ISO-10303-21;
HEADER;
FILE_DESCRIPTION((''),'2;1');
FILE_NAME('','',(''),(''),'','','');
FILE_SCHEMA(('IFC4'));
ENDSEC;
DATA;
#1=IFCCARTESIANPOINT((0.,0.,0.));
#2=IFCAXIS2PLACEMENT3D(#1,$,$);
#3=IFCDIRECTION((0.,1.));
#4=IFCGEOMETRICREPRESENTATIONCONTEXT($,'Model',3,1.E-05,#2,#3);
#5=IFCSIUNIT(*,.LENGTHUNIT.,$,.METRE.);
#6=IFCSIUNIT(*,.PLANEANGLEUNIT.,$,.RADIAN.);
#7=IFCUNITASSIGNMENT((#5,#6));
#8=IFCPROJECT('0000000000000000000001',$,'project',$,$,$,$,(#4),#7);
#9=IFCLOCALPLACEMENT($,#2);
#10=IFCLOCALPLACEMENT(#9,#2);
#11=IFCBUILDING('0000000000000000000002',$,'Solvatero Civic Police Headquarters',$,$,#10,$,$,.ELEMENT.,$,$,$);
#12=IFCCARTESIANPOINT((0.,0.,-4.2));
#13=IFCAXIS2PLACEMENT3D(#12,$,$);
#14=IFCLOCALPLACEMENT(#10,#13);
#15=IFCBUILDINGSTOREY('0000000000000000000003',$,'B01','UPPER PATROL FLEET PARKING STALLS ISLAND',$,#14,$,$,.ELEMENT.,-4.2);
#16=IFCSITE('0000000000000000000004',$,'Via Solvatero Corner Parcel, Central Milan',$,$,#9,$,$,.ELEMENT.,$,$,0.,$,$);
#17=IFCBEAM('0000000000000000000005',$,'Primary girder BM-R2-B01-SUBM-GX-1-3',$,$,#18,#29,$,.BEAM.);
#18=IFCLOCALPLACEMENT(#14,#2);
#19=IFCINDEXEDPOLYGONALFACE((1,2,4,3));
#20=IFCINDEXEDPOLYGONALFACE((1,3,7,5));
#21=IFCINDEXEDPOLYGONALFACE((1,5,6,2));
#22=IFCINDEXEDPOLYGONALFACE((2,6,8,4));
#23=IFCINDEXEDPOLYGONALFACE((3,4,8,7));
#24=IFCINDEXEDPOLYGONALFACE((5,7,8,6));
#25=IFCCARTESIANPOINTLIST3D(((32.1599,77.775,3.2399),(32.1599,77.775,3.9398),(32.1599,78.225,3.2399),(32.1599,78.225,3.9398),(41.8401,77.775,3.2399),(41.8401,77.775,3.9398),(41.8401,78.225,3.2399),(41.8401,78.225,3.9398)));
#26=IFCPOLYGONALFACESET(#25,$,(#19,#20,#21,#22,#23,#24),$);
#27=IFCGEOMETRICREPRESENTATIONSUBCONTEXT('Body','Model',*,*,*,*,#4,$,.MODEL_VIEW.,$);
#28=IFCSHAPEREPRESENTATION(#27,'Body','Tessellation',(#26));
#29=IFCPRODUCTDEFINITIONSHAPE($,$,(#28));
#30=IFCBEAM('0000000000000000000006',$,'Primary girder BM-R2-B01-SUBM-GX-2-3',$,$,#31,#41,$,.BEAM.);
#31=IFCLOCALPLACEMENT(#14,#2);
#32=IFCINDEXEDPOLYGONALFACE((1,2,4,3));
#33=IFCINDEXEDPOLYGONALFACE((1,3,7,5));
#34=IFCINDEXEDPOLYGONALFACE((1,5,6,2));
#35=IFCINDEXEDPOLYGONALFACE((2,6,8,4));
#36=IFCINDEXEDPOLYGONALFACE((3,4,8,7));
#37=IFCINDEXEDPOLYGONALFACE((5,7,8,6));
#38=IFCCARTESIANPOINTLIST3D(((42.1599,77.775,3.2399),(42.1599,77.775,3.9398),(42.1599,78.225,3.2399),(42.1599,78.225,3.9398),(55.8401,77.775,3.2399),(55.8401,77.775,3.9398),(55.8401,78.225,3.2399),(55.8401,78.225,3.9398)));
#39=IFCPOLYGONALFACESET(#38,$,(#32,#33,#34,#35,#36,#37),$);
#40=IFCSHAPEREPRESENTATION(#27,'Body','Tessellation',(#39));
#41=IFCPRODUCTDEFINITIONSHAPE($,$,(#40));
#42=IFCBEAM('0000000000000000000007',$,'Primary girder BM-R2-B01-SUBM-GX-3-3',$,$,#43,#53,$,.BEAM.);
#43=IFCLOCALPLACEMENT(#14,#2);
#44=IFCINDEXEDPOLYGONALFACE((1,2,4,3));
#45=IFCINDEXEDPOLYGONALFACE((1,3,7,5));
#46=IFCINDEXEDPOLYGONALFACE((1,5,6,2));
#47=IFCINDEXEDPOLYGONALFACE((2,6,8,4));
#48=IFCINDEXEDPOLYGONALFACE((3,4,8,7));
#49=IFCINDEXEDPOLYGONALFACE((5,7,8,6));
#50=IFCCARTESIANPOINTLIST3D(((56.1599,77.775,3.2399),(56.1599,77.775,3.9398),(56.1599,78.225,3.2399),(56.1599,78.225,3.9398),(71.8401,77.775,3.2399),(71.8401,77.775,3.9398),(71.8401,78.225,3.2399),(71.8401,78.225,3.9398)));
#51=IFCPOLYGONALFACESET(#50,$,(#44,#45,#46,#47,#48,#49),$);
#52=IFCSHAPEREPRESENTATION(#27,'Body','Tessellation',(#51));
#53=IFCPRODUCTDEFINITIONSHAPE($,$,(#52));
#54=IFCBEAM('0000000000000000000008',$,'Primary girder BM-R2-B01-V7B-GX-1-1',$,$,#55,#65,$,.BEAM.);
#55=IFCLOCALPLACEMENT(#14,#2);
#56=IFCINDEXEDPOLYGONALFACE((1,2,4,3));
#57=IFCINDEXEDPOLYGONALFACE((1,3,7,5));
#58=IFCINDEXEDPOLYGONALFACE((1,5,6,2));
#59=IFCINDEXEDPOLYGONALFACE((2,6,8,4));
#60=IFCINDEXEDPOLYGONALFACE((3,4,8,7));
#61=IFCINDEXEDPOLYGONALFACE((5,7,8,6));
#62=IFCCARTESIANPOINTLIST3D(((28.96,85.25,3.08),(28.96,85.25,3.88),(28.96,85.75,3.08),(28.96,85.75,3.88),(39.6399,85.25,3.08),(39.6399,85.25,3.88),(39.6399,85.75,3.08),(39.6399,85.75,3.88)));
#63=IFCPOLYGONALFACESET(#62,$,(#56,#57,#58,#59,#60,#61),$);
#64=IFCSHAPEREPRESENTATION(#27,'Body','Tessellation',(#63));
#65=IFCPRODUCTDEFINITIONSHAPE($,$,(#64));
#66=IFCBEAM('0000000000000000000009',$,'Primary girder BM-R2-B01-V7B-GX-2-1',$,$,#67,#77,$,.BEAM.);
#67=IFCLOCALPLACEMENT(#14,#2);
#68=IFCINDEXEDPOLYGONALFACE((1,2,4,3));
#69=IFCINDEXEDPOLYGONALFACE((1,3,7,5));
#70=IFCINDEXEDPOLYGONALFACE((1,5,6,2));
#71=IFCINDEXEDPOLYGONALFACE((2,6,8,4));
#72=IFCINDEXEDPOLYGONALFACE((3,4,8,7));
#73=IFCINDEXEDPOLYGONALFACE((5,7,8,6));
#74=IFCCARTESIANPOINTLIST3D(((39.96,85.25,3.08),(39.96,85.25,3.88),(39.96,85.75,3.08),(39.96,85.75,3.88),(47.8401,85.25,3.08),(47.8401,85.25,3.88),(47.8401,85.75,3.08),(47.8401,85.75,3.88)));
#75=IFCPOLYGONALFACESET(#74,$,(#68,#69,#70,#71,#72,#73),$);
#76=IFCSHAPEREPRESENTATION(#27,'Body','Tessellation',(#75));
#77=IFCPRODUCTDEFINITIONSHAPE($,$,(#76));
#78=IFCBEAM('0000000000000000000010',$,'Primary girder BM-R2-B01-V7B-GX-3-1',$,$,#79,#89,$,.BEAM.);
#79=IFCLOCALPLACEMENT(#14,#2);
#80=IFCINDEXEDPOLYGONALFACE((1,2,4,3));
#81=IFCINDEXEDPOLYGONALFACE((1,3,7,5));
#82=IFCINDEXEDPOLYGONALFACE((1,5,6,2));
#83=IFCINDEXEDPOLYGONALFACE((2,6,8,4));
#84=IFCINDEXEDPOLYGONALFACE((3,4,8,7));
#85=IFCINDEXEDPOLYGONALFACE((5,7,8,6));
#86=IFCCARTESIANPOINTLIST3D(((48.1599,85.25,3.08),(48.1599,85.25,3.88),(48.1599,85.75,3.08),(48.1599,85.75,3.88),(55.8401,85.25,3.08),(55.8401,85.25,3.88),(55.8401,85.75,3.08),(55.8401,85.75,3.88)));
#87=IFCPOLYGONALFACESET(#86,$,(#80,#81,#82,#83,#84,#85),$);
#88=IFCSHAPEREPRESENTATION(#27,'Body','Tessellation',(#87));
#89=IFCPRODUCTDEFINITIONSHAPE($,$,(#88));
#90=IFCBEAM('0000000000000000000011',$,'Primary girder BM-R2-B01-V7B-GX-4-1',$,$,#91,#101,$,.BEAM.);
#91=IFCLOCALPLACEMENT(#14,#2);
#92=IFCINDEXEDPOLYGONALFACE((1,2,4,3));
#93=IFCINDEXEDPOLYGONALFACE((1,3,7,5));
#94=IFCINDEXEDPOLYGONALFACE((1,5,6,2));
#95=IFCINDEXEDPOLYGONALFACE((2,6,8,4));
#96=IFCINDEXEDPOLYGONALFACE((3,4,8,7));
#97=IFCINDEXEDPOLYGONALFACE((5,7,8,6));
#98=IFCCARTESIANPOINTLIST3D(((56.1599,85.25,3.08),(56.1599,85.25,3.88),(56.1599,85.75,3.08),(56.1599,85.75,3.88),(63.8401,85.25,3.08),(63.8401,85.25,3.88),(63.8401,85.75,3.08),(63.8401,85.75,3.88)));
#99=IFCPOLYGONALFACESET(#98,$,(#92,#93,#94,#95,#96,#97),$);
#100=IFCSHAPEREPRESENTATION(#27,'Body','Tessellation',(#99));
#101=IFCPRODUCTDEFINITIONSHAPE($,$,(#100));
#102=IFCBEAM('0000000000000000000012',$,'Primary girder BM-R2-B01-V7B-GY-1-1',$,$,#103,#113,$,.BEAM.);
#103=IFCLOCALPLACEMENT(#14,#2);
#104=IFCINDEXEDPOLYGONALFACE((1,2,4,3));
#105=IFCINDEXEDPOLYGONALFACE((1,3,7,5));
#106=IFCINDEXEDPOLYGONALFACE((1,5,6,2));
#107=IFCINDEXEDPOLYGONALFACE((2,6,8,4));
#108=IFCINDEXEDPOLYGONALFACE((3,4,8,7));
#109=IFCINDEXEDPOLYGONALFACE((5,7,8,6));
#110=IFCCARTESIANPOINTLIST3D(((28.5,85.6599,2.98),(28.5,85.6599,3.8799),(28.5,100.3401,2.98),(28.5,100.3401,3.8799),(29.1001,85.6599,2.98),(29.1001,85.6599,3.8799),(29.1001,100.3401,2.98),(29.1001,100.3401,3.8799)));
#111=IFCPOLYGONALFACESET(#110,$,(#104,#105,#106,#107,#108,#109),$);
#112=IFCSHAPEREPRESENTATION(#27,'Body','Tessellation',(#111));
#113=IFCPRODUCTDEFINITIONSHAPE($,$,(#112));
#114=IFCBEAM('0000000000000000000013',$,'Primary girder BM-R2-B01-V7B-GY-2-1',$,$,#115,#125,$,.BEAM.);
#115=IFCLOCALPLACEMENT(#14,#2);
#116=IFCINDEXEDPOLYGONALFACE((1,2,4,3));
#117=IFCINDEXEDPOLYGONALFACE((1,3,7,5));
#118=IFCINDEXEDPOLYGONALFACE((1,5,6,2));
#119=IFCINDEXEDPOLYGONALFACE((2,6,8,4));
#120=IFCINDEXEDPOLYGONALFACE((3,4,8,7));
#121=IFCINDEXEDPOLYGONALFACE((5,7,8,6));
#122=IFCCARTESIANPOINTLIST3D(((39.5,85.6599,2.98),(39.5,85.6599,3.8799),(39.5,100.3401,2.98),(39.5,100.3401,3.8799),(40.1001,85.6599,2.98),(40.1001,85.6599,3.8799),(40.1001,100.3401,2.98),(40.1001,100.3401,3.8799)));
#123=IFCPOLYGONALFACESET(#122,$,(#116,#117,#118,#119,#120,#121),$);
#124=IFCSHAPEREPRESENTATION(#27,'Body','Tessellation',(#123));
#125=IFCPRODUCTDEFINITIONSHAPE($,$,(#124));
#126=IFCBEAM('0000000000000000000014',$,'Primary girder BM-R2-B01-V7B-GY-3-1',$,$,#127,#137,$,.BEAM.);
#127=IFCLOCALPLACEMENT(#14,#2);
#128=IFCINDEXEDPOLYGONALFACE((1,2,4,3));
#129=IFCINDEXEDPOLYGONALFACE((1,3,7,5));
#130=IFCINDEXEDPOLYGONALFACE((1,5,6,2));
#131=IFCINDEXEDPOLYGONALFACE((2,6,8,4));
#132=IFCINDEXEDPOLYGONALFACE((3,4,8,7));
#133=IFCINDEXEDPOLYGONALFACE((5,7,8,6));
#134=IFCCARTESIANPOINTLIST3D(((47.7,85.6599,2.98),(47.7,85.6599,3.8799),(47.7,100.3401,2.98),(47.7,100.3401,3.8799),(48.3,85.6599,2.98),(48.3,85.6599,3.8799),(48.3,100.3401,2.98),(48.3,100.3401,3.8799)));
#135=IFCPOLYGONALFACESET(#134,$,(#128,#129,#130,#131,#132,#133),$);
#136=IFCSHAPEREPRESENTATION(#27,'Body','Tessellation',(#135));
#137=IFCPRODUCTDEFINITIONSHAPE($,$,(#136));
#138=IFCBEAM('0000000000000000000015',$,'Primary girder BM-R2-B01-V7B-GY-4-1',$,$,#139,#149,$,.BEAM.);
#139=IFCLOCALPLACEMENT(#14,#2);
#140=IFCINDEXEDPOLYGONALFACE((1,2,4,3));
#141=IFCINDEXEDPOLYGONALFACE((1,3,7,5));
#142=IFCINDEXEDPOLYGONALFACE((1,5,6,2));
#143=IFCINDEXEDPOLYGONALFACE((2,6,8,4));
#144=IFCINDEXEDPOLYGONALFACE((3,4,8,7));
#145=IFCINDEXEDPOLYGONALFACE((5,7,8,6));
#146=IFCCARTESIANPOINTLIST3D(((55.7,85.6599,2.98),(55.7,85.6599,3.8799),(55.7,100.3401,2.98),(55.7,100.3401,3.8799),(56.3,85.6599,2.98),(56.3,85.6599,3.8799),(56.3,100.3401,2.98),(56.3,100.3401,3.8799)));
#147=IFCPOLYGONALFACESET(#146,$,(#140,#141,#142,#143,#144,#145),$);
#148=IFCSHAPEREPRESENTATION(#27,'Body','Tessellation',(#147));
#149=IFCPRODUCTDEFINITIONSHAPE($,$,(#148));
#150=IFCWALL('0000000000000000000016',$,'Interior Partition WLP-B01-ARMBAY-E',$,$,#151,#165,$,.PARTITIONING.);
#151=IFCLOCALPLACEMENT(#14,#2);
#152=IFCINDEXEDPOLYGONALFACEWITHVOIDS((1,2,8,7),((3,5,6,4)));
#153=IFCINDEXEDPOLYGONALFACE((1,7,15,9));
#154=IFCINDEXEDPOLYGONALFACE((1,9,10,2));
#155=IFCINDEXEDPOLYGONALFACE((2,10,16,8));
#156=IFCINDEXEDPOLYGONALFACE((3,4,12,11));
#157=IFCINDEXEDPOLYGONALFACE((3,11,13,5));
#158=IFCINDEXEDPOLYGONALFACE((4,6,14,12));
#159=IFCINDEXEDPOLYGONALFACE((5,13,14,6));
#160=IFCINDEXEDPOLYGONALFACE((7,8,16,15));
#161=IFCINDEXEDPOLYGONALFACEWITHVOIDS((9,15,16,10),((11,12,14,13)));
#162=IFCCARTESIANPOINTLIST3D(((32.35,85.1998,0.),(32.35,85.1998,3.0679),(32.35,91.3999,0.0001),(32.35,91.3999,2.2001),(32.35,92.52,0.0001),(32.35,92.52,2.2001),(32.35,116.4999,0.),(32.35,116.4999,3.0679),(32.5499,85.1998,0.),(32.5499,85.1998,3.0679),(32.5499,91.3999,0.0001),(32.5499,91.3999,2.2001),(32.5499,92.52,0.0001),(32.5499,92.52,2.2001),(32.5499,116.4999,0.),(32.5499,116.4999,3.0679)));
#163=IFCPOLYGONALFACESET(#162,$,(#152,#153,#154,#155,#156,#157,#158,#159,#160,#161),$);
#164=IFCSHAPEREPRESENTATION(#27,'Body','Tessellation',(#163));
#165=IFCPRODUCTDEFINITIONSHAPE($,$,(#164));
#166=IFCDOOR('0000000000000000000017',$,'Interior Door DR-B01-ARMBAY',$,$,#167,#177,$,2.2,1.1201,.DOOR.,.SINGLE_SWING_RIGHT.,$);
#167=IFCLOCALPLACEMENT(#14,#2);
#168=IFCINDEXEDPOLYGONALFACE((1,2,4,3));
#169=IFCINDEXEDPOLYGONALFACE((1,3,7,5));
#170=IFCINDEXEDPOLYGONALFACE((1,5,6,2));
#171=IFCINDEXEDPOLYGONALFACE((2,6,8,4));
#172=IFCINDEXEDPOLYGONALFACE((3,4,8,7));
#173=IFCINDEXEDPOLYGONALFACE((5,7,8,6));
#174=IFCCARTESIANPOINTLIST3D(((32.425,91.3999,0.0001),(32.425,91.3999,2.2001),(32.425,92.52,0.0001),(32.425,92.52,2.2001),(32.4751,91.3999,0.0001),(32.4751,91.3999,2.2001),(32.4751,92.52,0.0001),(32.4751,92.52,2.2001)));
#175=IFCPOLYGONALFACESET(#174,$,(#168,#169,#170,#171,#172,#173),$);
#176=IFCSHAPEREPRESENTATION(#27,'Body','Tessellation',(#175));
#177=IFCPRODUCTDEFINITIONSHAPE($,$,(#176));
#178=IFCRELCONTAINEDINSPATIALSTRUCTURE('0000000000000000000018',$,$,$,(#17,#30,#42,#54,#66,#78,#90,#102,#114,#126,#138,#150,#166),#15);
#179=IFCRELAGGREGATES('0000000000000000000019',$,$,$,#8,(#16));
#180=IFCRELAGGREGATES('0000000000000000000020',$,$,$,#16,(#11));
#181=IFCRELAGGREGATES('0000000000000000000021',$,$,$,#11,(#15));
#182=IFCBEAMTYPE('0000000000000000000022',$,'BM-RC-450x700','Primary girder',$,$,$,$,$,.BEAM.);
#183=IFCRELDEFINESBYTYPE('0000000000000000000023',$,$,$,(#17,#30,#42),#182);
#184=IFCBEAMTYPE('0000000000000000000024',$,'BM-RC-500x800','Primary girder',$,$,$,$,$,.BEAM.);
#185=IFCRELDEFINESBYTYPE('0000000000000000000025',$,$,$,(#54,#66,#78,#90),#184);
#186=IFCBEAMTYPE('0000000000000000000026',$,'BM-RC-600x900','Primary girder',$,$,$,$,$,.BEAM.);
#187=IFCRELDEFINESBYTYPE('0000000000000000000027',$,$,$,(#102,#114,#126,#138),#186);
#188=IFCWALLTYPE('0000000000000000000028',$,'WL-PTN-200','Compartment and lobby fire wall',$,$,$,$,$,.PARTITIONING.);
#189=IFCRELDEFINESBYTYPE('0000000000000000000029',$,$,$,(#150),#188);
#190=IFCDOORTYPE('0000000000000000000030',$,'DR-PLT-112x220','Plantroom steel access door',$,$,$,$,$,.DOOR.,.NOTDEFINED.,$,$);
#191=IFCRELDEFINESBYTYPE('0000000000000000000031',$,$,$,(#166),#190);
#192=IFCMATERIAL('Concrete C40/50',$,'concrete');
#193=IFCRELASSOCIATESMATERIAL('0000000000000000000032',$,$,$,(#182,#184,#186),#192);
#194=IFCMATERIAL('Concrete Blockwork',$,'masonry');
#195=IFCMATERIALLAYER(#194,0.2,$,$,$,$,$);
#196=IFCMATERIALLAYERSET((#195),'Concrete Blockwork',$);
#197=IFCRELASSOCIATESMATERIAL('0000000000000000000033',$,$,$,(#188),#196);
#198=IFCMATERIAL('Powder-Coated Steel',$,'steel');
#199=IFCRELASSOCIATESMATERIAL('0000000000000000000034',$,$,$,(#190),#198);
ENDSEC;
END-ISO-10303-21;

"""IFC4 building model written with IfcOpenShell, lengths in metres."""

from ifc_helpers import new_model, si_unit, direction, frame, frame_2d, origin, origin_2d, place, context, subcontext, project, spatial, rectangle, extrude, material, layer, layer_set, material_profile, profile_set, type_object, element, fill, save


model = new_model("IFC4")

# Units and contexts
model_context = context("Model", 3, precision=1e-05, world=origin(), true_north=direction((0.0, 1.0)))
body_context = subcontext(model_context, "Body", "Model", "MODEL_VIEW")
ifc_project = project(units=[si_unit("LENGTHUNIT", "METRE"), si_unit("PLANEANGLEUNIT", "RADIAN")], contexts=[model_context])

# Site, building, storey
site_placement = place(None, origin())
site = spatial("IfcSite", under=ifc_project, at=site_placement, Name="Via Solvatero Corner Parcel, Central Milan", CompositionType="ELEMENT", RefElevation=0.0)
building_placement = place(site_placement, origin())
building = spatial("IfcBuilding", under=site, at=building_placement, Name="Solvatero Civic Police Headquarters", CompositionType="ELEMENT")
storey_placement = place(building_placement, frame((0.0, 0.0, -4.2)))
storey = spatial("IfcBuildingStorey", under=building, at=storey_placement, Name="B01", Description="UPPER PATROL FLEET PARKING STALLS ISLAND", CompositionType="ELEMENT", Elevation=-4.2)

# Shared definitions
ifc_material_1 = material(Name="Concrete C40/50", Category="concrete")

# Beams
ifc_material_profile_1 = material_profile(ifc_material_1, rectangle(XDim=0.45, YDim=0.7, at=origin_2d()), Name="RC 450x700")
ifc_profile_set_1 = profile_set([ifc_material_profile_1], Name="Concrete C40/50")
beam_type_1 = type_object("IfcBeamType", Name="BM-RC-450x700", Description="Primary girder", PredefinedType="BEAM", material=ifc_profile_set_1)
beam_1_placement = place(storey_placement, frame((32.1599, 78.0, 3.5898), z_axis=(1.0, 0.0, 0.0), x_axis=(0.0, 1.0, 0.0)))
element("IfcBeam", 1, at=beam_1_placement, inside=storey, type_object=beam_type_1, Name="Primary girder BM-R2-B01-SUBM-GX-1-3", PredefinedType="BEAM", context=body_context, shape_type="SweptSolid", body=[
    extrude(rectangle(XDim=0.45, YDim=0.7, at=origin_2d()), origin(), (0.0, 0.0, 1.0), 9.6802),
])
beam_2_placement = place(storey_placement, frame((42.1599, 78.0, 3.5898), z_axis=(1.0, 0.0, 0.0), x_axis=(0.0, 1.0, 0.0)))
element("IfcBeam", 2, at=beam_2_placement, inside=storey, type_object=beam_type_1, Name="Primary girder BM-R2-B01-SUBM-GX-2-3", PredefinedType="BEAM", context=body_context, shape_type="SweptSolid", body=[
    extrude(rectangle(XDim=0.45, YDim=0.7, at=origin_2d()), origin(), (0.0, 0.0, 1.0), 13.6802),
])
beam_3_placement = place(storey_placement, frame((56.1599, 78.0, 3.5898), z_axis=(1.0, 0.0, 0.0), x_axis=(0.0, 1.0, 0.0)))
element("IfcBeam", 3, at=beam_3_placement, inside=storey, type_object=beam_type_1, Name="Primary girder BM-R2-B01-SUBM-GX-3-3", PredefinedType="BEAM", context=body_context, shape_type="SweptSolid", body=[
    extrude(rectangle(XDim=0.45, YDim=0.7, at=origin_2d()), origin(), (0.0, 0.0, 1.0), 15.6802),
])
ifc_material_profile_2 = material_profile(ifc_material_1, rectangle(XDim=0.5, YDim=0.8, at=origin_2d()), Name="RC 500x800")
ifc_profile_set_2 = profile_set([ifc_material_profile_2], Name="Concrete C40/50")
beam_type_2 = type_object("IfcBeamType", Name="BM-RC-500x800", Description="Primary girder", PredefinedType="BEAM", material=ifc_profile_set_2)
beam_4_placement = place(storey_placement, frame((28.96, 85.5, 3.48), z_axis=(1.0, 0.0, 0.0), x_axis=(0.0, 1.0, 0.0)))
element("IfcBeam", 4, at=beam_4_placement, inside=storey, type_object=beam_type_2, Name="Primary girder BM-R2-B01-V7B-GX-1-1", PredefinedType="BEAM", context=body_context, shape_type="SweptSolid", body=[
    extrude(rectangle(XDim=0.5, YDim=0.8, at=origin_2d()), origin(), (0.0, 0.0, 1.0), 10.6799),
])
beam_5_placement = place(storey_placement, frame((39.96, 85.5, 3.48), z_axis=(1.0, 0.0, 0.0), x_axis=(0.0, 1.0, 0.0)))
element("IfcBeam", 5, at=beam_5_placement, inside=storey, type_object=beam_type_2, Name="Primary girder BM-R2-B01-V7B-GX-2-1", PredefinedType="BEAM", context=body_context, shape_type="SweptSolid", body=[
    extrude(rectangle(XDim=0.5, YDim=0.8, at=origin_2d()), origin(), (0.0, 0.0, 1.0), 7.8801),
])
for number, where, z_axis, x_axis, name in (
    (6, (48.1599, 85.5, 3.48), (1.0, 0.0, 0.0), (0.0, 1.0, 0.0), "Primary girder BM-R2-B01-V7B-GX-3-1"),
    (7, (56.1599, 85.5, 3.48), (1.0, 0.0, 0.0), (0.0, 1.0, 0.0), "Primary girder BM-R2-B01-V7B-GX-4-1"),
):
    element("IfcBeam", number, at=place(storey_placement, frame(where, z_axis=z_axis, x_axis=x_axis)), inside=storey, type_object=beam_type_2, Name=name, PredefinedType="BEAM", context=body_context, shape_type="SweptSolid", body=[
        extrude(rectangle(XDim=0.5, YDim=0.8, at=origin_2d()), origin(), (0.0, 0.0, 1.0), 7.6802),
    ])
ifc_material_profile_3 = material_profile(ifc_material_1, rectangle(XDim=0.6001, YDim=0.8999, at=origin_2d()), Name="RC 600x900")
ifc_profile_set_3 = profile_set([ifc_material_profile_3], Name="Concrete C40/50")
beam_type_3 = type_object("IfcBeamType", Name="BM-RC-600x900", Description="Primary girder", PredefinedType="BEAM", material=ifc_profile_set_3)
for number, where, z_axis, x_axis, name in (
    (8, (28.8, 85.6599, 3.4299), (0.0, 1.0, 0.0), (-1.0, 0.0, 0.0), "Primary girder BM-R2-B01-V7B-GY-1-1"),
    (9, (39.8, 85.6599, 3.4299), (0.0, 1.0, 0.0), (-1.0, 0.0, 0.0), "Primary girder BM-R2-B01-V7B-GY-2-1"),
    (10, (48.0, 85.6599, 3.4299), (0.0, 1.0, 0.0), (-1.0, 0.0, 0.0), "Primary girder BM-R2-B01-V7B-GY-3-1"),
    (11, (56.0, 85.6599, 3.4299), (0.0, 1.0, 0.0), (-1.0, 0.0, 0.0), "Primary girder BM-R2-B01-V7B-GY-4-1"),
):
    element("IfcBeam", number, at=place(storey_placement, frame(where, z_axis=z_axis, x_axis=x_axis)), inside=storey, type_object=beam_type_3, Name=name, PredefinedType="BEAM", context=body_context, shape_type="SweptSolid", body=[
        extrude(rectangle(XDim=0.6001, YDim=0.8999, at=origin_2d()), origin(), (0.0, 0.0, 1.0), 14.6802),
    ])

# Wall, opening, door
ifc_material_2 = material(Name="Concrete Blockwork", Category="masonry")
ifc_layer_1 = layer(ifc_material_2, 0.2)
ifc_layer_set_1 = layer_set([ifc_layer_1], Name="Concrete Blockwork")
wall_type_1 = type_object("IfcWallType", Name="WL-PTN-200", Description="Compartment and lobby fire wall", PredefinedType="PARTITIONING", material=ifc_layer_set_1)
wall_1_placement = place(storey_placement, frame((32.45, 85.2, 0.0), z_axis=(0.0, 0.0, 1.0), x_axis=(0.0, 1.0, 0.0)))
wall_1 = element("IfcWall", 12, at=wall_1_placement, inside=storey, type_object=wall_type_1, Name="Interior Partition WLP-B01-ARMBAY-E", PredefinedType="PARTITIONING", context=body_context, shape_type="SweptSolid", body=[
    extrude(rectangle(XDim=31.3, YDim=0.2, at=frame_2d((15.6499, 0.0))), origin(), (0.0, 0.0, 1.0), 3.0679),
])
opening_1_placement = place(wall_1_placement, frame((6.2, 0.0, 0.0)))
opening_1 = element("IfcOpeningElement", 13, at=opening_1_placement, cuts=wall_1, PredefinedType="OPENING", context=body_context, shape_type="SweptSolid", body=[
    extrude(rectangle(XDim=1.1201, YDim=2.2, at=frame_2d((0.5601, 1.1001))), frame((0.0, 0.1099, 0.0), z_axis=(0.0, -1.0, 0.0), x_axis=(1.0, 0.0, 0.0)), (0.0, 0.0, 1.0), 0.22),
])
ifc_material_3 = material(Name="Powder-Coated Steel", Category="steel")
door_type_1 = type_object("IfcDoorType", Name="DR-PLT-112x220", Description="Plantroom steel access door", OperationType="NOTDEFINED", PredefinedType="DOOR", material=ifc_material_3)
door_1_placement = place(opening_1_placement, origin())
door_1 = element("IfcDoor", 14, at=door_1_placement, inside=storey, type_object=door_type_1, Name="Interior Door DR-B01-ARMBAY", OperationType="SINGLE_SWING_RIGHT", OverallHeight=2.2, OverallWidth=1.1201, PredefinedType="DOOR", context=body_context, shape_type="SweptSolid", body=[
    extrude(rectangle(XDim=1.1201, YDim=2.2, at=frame_2d((0.5601, 1.1001))), frame((0.0, 0.0249, 0.0), z_axis=(0.0, -1.0, 0.0), x_axis=(1.0, 0.0, 0.0)), (0.0, 0.0, 1.0), 0.05),
])
fill(opening_1, door_1)

save(model, "model.ifc")
